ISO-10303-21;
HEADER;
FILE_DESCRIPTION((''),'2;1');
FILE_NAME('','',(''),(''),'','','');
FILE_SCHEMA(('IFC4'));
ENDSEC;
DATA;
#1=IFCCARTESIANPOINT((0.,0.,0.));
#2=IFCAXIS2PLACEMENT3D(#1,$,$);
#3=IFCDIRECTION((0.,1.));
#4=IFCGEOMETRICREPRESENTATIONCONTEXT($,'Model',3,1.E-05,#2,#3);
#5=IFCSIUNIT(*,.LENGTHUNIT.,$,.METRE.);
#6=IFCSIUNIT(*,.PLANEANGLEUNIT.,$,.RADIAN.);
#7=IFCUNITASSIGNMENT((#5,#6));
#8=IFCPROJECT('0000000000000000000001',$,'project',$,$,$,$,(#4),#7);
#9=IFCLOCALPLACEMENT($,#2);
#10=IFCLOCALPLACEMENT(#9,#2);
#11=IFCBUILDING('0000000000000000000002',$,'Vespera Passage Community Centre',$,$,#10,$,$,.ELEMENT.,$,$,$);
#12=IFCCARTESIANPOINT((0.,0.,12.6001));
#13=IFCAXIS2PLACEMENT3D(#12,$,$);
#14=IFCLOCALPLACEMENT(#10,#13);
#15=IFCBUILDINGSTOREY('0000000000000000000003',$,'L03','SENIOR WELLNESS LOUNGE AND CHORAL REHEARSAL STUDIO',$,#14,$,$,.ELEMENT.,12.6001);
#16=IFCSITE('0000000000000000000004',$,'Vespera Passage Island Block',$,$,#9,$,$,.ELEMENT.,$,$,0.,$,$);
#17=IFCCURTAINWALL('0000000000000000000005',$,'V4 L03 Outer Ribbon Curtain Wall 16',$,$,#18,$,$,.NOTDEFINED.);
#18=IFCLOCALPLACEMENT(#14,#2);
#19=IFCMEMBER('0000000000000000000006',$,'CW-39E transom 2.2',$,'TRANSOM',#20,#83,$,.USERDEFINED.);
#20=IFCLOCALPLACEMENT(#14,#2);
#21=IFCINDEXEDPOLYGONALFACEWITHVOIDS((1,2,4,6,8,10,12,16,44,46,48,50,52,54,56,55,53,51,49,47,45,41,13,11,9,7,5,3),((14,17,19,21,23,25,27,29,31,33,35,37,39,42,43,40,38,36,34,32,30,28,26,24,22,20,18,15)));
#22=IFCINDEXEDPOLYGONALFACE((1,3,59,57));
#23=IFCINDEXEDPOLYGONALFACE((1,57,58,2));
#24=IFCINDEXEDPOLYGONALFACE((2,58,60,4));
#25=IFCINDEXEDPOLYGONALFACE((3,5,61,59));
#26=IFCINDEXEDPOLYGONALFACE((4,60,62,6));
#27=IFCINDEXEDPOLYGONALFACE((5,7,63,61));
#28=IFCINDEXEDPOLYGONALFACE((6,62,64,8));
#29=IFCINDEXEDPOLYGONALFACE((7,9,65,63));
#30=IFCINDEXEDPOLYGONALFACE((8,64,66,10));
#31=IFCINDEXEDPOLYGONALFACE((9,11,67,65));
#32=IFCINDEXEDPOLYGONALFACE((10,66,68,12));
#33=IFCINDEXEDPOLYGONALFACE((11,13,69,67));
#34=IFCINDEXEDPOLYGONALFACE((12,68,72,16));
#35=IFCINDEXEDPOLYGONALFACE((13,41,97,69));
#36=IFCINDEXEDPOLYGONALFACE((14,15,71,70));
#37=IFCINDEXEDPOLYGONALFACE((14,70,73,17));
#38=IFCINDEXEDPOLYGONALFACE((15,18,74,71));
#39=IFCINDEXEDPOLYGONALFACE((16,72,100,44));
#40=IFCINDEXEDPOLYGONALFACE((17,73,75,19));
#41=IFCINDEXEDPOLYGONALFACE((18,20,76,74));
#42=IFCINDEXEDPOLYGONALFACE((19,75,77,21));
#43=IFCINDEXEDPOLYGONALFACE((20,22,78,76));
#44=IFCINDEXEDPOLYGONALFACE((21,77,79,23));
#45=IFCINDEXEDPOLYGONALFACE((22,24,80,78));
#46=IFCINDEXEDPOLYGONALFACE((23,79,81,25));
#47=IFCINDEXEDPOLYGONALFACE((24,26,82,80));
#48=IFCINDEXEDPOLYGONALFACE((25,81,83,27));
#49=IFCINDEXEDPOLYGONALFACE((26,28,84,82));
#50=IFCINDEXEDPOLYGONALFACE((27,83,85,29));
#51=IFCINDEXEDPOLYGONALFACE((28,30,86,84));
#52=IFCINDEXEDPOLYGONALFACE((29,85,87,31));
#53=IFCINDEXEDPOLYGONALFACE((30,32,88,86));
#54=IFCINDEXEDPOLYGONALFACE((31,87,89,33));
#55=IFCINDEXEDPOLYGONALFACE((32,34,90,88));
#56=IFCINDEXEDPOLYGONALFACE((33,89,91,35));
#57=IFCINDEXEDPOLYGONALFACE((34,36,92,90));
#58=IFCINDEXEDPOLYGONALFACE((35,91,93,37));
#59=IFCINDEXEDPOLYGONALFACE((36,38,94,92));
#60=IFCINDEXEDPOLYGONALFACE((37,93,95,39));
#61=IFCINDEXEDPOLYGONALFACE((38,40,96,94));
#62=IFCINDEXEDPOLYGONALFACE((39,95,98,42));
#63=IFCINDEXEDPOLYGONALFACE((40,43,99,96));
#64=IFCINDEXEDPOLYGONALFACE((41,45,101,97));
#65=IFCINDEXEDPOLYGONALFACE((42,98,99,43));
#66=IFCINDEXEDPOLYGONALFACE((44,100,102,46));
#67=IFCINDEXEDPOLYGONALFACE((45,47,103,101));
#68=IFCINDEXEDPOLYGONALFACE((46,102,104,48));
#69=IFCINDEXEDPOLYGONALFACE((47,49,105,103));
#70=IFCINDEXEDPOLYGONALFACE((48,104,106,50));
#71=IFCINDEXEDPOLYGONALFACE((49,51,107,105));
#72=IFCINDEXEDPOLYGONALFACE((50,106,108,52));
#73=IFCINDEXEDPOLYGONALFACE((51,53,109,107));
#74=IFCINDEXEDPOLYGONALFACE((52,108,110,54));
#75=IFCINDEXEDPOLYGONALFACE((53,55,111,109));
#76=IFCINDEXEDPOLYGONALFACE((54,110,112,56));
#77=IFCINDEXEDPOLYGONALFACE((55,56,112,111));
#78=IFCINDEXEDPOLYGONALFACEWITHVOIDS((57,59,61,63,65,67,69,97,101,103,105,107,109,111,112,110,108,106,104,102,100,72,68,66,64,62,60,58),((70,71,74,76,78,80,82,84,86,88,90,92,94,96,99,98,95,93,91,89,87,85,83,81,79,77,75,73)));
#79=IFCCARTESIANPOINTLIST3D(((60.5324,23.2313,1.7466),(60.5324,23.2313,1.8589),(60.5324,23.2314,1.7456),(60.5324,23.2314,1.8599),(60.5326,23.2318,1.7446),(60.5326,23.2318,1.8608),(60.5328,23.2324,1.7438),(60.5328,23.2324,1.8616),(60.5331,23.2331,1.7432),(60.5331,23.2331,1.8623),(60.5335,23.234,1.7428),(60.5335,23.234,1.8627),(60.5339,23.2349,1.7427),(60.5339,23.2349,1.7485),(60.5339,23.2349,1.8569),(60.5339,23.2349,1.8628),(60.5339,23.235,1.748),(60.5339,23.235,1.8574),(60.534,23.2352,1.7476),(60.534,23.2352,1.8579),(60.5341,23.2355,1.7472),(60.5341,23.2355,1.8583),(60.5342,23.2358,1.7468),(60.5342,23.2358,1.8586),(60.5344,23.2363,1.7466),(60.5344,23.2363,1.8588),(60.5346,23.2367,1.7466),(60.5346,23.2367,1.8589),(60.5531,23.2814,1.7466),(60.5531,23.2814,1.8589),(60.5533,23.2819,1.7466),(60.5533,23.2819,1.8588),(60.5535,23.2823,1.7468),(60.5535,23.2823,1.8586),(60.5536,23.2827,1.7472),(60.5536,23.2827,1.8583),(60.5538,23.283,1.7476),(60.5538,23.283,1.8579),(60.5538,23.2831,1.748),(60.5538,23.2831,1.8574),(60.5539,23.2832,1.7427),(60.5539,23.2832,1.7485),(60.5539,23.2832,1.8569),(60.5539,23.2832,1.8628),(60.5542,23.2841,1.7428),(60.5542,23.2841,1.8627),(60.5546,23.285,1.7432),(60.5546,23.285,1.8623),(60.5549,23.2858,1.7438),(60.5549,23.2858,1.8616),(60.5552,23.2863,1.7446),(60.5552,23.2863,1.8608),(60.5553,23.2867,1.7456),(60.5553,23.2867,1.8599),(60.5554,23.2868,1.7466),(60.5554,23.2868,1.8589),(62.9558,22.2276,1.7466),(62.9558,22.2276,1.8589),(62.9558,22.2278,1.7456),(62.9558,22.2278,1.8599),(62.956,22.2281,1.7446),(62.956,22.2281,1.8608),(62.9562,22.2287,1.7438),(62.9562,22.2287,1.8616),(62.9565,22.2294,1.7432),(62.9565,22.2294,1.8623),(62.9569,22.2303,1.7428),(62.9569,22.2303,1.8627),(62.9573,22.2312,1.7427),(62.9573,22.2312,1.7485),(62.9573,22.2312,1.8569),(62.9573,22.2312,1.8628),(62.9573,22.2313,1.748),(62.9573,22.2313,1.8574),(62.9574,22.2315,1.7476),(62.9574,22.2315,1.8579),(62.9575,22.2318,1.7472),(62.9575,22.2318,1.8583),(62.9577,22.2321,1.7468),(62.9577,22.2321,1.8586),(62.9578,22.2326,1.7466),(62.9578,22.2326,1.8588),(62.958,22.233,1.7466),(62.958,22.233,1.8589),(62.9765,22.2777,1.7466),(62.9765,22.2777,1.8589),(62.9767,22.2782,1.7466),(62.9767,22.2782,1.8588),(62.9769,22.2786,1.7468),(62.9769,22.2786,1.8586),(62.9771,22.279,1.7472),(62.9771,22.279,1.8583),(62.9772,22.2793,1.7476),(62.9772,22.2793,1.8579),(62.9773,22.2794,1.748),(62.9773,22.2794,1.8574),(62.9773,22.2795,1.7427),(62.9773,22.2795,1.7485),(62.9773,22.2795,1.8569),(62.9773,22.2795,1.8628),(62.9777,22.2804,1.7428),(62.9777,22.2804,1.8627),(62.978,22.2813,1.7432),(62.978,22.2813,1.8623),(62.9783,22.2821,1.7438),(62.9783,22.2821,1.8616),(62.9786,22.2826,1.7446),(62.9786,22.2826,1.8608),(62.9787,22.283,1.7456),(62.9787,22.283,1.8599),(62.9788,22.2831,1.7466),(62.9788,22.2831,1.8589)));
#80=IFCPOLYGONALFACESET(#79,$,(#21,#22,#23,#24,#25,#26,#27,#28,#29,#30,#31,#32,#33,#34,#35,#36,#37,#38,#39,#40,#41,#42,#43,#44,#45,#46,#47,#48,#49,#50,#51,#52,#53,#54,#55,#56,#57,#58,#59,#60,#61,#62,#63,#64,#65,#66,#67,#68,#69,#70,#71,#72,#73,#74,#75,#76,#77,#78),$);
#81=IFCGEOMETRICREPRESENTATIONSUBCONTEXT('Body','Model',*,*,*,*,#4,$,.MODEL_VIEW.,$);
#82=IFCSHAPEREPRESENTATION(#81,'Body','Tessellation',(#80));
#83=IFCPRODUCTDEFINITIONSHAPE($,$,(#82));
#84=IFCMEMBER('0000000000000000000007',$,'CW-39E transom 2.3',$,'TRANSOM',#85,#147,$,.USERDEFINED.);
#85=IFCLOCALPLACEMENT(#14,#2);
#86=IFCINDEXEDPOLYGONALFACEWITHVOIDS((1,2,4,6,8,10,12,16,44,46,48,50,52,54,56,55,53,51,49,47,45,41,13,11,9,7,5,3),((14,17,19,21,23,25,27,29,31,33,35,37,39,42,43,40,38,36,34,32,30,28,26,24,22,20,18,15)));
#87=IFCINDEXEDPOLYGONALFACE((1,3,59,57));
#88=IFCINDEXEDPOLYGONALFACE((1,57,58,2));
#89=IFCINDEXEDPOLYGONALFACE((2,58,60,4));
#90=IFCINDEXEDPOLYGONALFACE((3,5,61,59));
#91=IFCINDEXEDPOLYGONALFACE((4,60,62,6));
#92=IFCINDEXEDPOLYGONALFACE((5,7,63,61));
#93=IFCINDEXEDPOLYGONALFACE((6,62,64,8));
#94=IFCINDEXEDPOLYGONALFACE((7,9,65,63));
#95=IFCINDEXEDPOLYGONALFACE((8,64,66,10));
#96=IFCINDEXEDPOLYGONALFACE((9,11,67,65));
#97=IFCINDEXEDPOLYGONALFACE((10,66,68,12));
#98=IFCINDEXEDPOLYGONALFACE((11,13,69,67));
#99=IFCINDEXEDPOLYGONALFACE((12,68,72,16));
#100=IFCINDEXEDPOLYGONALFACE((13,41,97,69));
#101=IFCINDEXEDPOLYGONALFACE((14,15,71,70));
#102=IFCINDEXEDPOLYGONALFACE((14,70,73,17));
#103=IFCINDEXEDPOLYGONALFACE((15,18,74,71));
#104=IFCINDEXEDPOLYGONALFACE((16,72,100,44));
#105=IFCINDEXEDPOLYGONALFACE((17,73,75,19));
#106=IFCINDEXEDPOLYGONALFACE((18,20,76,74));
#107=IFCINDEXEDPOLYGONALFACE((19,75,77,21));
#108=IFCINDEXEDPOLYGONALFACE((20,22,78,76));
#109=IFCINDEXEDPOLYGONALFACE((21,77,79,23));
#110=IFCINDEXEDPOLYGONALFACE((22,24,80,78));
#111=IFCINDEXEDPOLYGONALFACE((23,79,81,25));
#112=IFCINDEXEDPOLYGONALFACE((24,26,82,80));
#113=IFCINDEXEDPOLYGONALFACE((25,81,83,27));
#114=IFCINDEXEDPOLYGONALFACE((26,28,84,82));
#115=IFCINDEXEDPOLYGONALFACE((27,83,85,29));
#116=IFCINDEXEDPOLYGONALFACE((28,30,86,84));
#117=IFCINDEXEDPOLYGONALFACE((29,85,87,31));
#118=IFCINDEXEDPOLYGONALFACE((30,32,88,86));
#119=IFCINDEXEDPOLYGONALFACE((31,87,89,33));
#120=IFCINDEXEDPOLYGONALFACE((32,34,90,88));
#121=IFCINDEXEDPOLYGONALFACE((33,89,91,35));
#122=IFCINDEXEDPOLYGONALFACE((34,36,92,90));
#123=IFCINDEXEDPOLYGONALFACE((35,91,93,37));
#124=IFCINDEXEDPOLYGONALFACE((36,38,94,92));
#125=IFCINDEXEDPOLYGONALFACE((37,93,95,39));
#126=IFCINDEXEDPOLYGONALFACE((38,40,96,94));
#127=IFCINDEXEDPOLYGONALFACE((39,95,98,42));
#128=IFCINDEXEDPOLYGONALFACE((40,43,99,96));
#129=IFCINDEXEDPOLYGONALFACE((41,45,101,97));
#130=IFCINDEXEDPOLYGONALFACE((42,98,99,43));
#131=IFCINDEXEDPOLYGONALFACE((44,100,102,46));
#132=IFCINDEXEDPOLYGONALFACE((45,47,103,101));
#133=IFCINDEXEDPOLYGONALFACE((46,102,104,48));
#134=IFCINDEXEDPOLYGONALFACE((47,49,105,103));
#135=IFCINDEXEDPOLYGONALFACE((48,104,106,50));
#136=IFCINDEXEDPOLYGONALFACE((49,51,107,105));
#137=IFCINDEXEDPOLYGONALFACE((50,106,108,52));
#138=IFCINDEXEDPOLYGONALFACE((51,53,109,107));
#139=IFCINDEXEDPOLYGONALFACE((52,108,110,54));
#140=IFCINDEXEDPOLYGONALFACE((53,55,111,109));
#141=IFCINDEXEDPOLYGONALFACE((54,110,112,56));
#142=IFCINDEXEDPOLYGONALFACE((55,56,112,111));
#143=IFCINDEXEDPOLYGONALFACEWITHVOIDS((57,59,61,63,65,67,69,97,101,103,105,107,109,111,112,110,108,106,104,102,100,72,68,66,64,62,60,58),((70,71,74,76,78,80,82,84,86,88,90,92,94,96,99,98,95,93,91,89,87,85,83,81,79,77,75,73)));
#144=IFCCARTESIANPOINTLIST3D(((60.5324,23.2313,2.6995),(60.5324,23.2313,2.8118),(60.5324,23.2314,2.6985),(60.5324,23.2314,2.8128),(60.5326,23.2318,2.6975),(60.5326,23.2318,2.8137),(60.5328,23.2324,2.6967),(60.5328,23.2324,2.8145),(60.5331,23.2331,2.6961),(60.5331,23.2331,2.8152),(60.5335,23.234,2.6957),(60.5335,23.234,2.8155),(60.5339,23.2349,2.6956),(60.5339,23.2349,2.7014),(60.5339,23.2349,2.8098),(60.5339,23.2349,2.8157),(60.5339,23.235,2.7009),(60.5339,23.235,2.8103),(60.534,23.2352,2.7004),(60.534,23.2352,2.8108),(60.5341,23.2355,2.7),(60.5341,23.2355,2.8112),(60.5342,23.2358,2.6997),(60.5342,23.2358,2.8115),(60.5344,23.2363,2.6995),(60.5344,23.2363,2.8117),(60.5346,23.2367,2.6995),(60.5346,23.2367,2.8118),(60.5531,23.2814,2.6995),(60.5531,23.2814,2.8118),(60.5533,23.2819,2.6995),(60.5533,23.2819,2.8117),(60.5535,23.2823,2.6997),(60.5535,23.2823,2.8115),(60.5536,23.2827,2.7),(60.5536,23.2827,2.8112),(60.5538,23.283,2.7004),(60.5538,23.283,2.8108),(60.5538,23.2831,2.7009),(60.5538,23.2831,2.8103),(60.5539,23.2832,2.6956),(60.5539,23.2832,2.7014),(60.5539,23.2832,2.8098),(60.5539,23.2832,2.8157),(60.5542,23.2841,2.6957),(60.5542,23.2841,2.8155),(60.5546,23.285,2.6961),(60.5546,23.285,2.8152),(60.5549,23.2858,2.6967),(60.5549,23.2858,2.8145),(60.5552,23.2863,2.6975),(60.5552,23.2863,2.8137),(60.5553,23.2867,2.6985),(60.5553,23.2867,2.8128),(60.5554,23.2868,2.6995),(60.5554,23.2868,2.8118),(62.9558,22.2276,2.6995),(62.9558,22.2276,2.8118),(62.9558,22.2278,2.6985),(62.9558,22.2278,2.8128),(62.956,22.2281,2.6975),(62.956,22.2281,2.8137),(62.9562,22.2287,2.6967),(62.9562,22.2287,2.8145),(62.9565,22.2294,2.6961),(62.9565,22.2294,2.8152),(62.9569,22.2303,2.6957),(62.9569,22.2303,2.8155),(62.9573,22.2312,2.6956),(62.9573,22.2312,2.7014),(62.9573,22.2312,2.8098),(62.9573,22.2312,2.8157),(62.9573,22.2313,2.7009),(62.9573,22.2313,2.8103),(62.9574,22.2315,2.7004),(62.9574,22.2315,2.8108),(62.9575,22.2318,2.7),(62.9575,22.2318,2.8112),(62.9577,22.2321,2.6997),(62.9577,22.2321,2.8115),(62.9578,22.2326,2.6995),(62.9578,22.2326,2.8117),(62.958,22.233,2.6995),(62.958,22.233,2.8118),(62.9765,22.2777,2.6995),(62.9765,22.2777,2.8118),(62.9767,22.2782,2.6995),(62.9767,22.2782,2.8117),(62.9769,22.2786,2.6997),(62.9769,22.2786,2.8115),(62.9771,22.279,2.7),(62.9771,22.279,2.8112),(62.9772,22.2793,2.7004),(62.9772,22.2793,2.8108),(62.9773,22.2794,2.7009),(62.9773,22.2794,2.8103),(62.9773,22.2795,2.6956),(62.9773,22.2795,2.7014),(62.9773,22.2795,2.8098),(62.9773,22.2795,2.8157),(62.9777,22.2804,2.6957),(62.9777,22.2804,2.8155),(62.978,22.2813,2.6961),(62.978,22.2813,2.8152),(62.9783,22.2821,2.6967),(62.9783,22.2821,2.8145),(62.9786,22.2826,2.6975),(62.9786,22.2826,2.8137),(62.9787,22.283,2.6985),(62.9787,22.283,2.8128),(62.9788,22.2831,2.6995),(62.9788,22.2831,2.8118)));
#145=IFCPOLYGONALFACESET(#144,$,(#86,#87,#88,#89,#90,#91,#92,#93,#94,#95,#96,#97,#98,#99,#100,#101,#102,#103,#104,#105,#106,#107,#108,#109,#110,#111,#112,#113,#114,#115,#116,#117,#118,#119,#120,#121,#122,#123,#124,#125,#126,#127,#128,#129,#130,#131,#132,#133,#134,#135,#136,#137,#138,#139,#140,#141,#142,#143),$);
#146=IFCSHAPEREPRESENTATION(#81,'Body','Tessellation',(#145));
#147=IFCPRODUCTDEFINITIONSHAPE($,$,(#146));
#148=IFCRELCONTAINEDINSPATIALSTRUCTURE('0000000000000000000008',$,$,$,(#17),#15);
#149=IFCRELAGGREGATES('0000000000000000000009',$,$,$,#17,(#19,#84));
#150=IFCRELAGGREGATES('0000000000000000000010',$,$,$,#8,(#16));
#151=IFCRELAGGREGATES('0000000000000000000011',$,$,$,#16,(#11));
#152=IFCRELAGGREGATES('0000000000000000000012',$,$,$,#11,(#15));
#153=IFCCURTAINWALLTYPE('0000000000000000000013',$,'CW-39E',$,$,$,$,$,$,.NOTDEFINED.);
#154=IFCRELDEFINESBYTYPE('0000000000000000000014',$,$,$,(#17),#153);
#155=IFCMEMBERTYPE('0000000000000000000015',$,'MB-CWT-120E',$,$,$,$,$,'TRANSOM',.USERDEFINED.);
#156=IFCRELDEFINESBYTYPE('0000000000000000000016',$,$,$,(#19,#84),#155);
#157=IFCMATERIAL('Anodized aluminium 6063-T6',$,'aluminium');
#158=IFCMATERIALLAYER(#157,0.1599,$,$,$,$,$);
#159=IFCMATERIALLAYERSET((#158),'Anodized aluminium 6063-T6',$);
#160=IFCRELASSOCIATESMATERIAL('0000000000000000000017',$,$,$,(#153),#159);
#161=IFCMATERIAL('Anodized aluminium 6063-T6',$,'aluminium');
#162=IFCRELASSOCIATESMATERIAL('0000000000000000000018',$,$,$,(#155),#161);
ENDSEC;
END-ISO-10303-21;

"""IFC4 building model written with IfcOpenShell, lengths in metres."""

from ifc_helpers import new_model, si_unit, direction, frame, origin, origin_2d, place, context, subcontext, project, spatial, hollow_rectangle, extrude, material, layer, layer_set, material_profile, profile_set, type_object, element, aggregate, save


model = new_model("IFC4")

# Units and contexts
model_context = context("Model", 3, precision=1e-05, world=origin(), true_north=direction((0.0, 1.0)))
body_context = subcontext(model_context, "Body", "Model", "MODEL_VIEW")
ifc_project = project(units=[si_unit("LENGTHUNIT", "METRE"), si_unit("PLANEANGLEUNIT", "RADIAN")], contexts=[model_context])

# Site, building, storey
site_placement = place(None, origin())
site = spatial("IfcSite", under=ifc_project, at=site_placement, Name="Vespera Passage Island Block", CompositionType="ELEMENT", RefElevation=0.0)
building_placement = place(site_placement, origin())
building = spatial("IfcBuilding", under=site, at=building_placement, Name="Vespera Passage Community Centre", CompositionType="ELEMENT")
storey_placement = place(building_placement, frame((0.0, 0.0, 12.6001)))
storey = spatial("IfcBuildingStorey", under=building, at=storey_placement, Name="L03", Description="SENIOR WELLNESS LOUNGE AND CHORAL REHEARSAL STUDIO", CompositionType="ELEMENT", Elevation=12.6001)

# Curtain wall, members
ifc_material_1 = material(Name="Anodized aluminium 6063-T6", Category="aluminium")
ifc_layer_1 = layer(ifc_material_1, 0.1599)
ifc_layer_set_1 = layer_set([ifc_layer_1], Name="Anodized aluminium 6063-T6")
curtain_wall_type = type_object("IfcCurtainWallType", Name="CW-39E", PredefinedType="NOTDEFINED", material=ifc_layer_set_1)
curtain_wall_placement = place(storey_placement, origin())
curtain_wall = element("IfcCurtainWall", 1, at=curtain_wall_placement, inside=storey, type_object=curtain_wall_type, Name="V4 L03 Outer Ribbon Curtain Wall 16", PredefinedType="NOTDEFINED")
ifc_material_2 = material(Name="Anodized aluminium 6063-T6", Category="aluminium")
ifc_material_profile_1 = material_profile(ifc_material_2, hollow_rectangle(XDim=0.0601, YDim=0.1201, WallThickness=0.0039, InnerFilletRadius=0.002, OuterFilletRadius=0.0039, at=origin_2d()), Name="ALU120X60X4")
ifc_profile_set_1 = profile_set([ifc_material_profile_1], Name="Anodized aluminium 6063-T6")
member_type_1 = type_object("IfcMemberType", Name="MB-CWT-120E", ElementType="TRANSOM", PredefinedType="USERDEFINED", material=ifc_profile_set_1)
member_1_placement = place(storey_placement, frame((62.9673, 22.2554, 1.8027), z_axis=(-0.923895, 0.382645, 0.0), x_axis=(-0.382645, -0.923895, 0.0)))
member_1 = element("IfcMember", 2, at=member_1_placement, type_object=member_type_1, Name="CW-39E transom 2.2", ObjectType="TRANSOM", PredefinedType="USERDEFINED", context=body_context, shape_type="SweptSolid", body=[
    extrude(hollow_rectangle(XDim=0.0601, YDim=0.1201, WallThickness=0.0039, InnerFilletRadius=0.002, OuterFilletRadius=0.0039, at=origin_2d()), origin(), (0.0, 0.0, 1.0), 2.623),
])
member_2_placement = place(storey_placement, frame((62.9673, 22.2554, 2.7556), z_axis=(-0.923895, 0.382645, 0.0), x_axis=(-0.382645, -0.923895, 0.0)))
member_2 = element("IfcMember", 3, at=member_2_placement, type_object=member_type_1, Name="CW-39E transom 2.3", ObjectType="TRANSOM", PredefinedType="USERDEFINED", context=body_context, shape_type="SweptSolid", body=[
    extrude(hollow_rectangle(XDim=0.0601, YDim=0.1201, WallThickness=0.0039, InnerFilletRadius=0.002, OuterFilletRadius=0.0039, at=origin_2d()), origin(), (0.0, 0.0, 1.0), 2.623),
])
aggregate(curtain_wall, [member_1, member_2])

save(model, "model.ifc")
